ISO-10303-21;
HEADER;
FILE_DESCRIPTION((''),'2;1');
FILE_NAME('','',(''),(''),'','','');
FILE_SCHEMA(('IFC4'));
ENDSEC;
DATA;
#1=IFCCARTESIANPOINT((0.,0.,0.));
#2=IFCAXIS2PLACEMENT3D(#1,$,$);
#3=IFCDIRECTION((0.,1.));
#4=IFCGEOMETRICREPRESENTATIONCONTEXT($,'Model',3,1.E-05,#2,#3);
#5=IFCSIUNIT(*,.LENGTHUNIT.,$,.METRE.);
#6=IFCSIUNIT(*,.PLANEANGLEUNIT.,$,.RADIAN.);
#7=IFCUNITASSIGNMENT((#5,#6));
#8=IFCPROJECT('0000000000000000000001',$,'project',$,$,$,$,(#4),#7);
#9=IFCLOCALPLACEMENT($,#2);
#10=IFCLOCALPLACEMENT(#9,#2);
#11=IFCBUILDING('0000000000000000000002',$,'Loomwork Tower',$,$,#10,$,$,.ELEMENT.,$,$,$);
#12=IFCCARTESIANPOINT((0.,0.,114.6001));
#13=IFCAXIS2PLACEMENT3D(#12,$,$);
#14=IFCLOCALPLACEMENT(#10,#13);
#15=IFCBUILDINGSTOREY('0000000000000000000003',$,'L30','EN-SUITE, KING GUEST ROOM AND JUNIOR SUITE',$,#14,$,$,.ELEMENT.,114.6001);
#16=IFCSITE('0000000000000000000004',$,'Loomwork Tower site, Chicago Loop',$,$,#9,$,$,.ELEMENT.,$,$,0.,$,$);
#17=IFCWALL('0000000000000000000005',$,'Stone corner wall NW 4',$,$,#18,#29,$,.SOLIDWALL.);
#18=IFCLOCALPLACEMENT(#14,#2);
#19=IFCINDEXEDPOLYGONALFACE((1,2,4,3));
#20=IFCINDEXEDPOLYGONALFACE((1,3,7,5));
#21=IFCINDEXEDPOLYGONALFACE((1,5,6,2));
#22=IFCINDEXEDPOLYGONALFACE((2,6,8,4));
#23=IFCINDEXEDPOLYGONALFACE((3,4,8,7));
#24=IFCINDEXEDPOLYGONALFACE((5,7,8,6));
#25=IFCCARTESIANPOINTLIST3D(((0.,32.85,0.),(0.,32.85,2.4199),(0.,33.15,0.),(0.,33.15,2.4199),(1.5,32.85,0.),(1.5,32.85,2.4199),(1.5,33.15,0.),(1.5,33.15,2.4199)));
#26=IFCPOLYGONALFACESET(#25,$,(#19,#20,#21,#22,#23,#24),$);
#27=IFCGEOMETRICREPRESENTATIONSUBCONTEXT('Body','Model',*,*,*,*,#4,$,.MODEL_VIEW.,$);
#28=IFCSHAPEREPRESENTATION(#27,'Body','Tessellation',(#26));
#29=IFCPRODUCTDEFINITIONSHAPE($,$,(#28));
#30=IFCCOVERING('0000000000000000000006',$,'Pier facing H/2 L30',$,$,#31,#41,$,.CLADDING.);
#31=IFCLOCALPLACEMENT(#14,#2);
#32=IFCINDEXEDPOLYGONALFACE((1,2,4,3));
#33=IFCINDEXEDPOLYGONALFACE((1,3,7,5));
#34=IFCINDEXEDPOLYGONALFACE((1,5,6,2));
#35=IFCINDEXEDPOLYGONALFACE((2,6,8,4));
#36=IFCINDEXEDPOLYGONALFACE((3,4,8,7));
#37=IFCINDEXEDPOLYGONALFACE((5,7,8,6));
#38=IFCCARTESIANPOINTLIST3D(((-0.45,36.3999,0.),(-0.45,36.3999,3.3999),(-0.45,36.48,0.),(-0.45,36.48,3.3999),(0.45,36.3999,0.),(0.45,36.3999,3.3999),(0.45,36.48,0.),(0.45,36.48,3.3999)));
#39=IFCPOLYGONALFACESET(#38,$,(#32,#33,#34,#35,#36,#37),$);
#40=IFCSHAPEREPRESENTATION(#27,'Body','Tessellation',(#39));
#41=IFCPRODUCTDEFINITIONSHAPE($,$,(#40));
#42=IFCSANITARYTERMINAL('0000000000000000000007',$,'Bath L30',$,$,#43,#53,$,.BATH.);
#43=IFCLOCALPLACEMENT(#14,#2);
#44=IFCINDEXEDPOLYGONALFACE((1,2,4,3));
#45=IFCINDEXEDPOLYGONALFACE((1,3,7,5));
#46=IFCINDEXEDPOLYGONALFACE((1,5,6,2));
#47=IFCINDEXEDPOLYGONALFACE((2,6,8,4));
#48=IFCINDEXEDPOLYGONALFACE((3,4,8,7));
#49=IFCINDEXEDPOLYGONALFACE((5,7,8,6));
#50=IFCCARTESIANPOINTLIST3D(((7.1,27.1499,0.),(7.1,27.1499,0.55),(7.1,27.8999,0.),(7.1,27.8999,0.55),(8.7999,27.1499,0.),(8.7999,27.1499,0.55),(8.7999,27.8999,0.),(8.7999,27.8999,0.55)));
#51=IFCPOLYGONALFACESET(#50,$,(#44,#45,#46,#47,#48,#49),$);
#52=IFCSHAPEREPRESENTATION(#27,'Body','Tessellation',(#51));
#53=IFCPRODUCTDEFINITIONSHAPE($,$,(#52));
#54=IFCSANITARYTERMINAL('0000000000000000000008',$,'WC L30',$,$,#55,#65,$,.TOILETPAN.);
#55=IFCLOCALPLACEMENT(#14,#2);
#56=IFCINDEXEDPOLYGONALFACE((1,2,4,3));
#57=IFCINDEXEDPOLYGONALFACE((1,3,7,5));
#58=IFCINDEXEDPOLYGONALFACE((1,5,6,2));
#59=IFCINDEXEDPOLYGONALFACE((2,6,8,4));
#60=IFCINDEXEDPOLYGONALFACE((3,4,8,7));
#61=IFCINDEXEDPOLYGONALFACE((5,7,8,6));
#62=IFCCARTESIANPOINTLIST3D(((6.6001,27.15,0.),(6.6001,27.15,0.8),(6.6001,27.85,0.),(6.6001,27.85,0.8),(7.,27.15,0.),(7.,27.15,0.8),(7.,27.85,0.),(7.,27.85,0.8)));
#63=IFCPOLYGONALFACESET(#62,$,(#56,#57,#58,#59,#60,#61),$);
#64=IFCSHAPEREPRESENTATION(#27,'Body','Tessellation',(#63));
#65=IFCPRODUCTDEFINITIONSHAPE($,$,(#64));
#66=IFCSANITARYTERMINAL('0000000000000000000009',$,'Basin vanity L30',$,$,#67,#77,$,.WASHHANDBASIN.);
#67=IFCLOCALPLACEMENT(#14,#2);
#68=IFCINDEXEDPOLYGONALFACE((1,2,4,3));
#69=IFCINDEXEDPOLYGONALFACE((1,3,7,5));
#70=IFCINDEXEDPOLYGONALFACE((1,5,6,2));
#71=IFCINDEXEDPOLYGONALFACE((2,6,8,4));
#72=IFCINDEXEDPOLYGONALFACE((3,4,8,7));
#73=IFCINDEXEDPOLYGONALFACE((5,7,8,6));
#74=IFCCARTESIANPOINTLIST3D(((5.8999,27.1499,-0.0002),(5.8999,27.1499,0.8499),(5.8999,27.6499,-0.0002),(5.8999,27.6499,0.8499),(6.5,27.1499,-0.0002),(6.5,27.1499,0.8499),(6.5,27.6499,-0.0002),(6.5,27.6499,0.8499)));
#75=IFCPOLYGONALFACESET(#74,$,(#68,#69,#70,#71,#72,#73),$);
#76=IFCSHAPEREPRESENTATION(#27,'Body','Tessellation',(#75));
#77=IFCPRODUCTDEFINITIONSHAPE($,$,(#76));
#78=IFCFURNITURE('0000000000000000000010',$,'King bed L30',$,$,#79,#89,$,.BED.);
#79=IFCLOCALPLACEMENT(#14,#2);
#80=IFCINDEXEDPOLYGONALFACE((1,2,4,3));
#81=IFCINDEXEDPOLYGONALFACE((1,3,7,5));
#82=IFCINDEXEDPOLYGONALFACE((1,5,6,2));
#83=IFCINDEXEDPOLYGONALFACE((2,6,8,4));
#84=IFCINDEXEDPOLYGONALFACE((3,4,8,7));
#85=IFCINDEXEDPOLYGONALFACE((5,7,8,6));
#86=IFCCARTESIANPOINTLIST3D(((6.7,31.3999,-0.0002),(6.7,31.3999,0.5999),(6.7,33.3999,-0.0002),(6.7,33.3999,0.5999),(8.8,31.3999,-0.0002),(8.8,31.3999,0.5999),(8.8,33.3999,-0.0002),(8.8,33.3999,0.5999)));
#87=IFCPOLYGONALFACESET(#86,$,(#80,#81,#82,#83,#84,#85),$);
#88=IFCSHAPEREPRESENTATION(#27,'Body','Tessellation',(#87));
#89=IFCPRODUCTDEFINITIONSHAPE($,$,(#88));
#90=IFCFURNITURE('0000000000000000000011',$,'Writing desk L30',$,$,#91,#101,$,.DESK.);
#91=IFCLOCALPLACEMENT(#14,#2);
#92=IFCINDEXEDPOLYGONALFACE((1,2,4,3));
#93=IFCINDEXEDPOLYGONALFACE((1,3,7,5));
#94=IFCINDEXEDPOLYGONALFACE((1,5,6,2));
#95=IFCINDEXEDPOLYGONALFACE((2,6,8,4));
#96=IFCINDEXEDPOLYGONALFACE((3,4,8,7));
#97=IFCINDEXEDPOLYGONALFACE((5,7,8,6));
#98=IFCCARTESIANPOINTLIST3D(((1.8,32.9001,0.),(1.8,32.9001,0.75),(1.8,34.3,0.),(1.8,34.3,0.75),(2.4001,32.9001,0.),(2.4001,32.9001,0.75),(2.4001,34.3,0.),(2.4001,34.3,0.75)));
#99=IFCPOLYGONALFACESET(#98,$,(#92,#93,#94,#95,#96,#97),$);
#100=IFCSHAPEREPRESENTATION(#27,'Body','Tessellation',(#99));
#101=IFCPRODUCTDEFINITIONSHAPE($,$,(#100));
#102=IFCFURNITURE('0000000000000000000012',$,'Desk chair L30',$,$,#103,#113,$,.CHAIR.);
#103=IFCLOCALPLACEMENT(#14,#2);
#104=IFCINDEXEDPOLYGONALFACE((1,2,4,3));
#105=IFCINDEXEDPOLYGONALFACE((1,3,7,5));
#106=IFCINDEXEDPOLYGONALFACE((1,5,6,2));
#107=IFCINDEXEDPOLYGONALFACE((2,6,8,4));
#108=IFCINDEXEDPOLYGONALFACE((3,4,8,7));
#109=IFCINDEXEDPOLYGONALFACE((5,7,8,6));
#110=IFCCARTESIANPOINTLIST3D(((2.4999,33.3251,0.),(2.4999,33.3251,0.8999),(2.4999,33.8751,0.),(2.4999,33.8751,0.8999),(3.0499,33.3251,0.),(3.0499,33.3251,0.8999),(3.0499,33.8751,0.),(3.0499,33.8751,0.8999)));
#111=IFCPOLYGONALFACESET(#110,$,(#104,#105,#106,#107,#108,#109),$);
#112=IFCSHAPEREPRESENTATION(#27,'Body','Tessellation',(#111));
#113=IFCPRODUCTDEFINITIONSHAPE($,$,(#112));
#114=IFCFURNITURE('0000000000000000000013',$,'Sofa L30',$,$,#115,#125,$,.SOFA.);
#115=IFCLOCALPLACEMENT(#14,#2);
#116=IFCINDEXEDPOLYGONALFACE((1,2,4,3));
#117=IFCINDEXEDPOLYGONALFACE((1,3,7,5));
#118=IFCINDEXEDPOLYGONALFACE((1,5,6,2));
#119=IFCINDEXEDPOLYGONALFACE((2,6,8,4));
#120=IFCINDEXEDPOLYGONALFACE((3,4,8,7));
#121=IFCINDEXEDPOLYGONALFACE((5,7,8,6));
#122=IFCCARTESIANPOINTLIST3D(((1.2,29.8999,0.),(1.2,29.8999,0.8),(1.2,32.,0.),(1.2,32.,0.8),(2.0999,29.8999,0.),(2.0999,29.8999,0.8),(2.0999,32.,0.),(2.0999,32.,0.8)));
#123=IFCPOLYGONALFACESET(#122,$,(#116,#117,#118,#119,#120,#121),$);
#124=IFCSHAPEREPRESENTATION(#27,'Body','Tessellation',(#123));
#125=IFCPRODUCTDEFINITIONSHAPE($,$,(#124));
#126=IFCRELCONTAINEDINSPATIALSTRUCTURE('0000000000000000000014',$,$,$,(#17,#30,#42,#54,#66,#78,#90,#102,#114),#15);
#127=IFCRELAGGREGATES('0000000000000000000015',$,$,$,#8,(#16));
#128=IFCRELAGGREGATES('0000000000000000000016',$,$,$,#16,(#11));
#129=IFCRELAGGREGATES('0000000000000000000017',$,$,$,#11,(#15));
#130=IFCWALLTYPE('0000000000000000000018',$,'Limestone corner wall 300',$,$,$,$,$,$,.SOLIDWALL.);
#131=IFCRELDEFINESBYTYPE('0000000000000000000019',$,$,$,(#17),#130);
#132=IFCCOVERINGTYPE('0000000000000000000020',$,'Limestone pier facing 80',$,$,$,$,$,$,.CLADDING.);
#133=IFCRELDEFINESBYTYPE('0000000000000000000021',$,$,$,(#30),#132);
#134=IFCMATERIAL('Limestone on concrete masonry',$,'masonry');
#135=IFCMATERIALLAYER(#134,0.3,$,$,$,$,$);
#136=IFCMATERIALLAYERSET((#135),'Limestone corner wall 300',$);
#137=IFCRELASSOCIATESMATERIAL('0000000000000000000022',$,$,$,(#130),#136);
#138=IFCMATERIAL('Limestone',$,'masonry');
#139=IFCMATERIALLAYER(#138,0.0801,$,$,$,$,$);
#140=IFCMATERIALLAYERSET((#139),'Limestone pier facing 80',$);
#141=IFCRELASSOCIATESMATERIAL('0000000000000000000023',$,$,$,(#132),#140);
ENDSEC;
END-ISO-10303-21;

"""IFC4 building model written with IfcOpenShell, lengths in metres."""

from ifc_helpers import new_model, si_unit, direction, frame, frame_2d, origin, origin_2d, place, context, subcontext, project, spatial, rectangle, extrude, material, layer, layer_set, type_object, element, save


model = new_model("IFC4")

# Units and contexts
model_context = context("Model", 3, precision=1e-05, world=origin(), true_north=direction((0.0, 1.0)))
body_context = subcontext(model_context, "Body", "Model", "MODEL_VIEW")
ifc_project = project(units=[si_unit("LENGTHUNIT", "METRE"), si_unit("PLANEANGLEUNIT", "RADIAN")], contexts=[model_context])

# Site, building, storey
site_placement = place(None, origin())
site = spatial("IfcSite", under=ifc_project, at=site_placement, Name="Loomwork Tower site, Chicago Loop", CompositionType="ELEMENT", RefElevation=0.0)
building_placement = place(site_placement, origin())
building = spatial("IfcBuilding", under=site, at=building_placement, Name="Loomwork Tower", CompositionType="ELEMENT")
storey_placement = place(building_placement, frame((0.0, 0.0, 114.6001)))
storey = spatial("IfcBuildingStorey", under=building, at=storey_placement, Name="L30", Description="EN-SUITE, KING GUEST ROOM AND JUNIOR SUITE", CompositionType="ELEMENT", Elevation=114.6001)

# Shared definitions
ifc_material_1 = material(Name="Limestone on concrete masonry", Category="masonry")
ifc_layer_1 = layer(ifc_material_1, 0.3)
ifc_layer_set_1 = layer_set([ifc_layer_1], Name="Limestone corner wall 300")
wall_type_1 = type_object("IfcWallType", Name="Limestone corner wall 300", PredefinedType="SOLIDWALL", material=ifc_layer_set_1)

# Wall
wall_1_placement = place(storey_placement, frame((1.5, 33.0, 0.0), z_axis=(0.0, 0.0, 1.0), x_axis=(-1.0, 0.0, 0.0)))
element("IfcWall", 1, at=wall_1_placement, inside=storey, type_object=wall_type_1, Name="Stone corner wall NW 4", PredefinedType="SOLIDWALL", context=body_context, shape_type="SweptSolid", body=[
    extrude(rectangle(XDim=1.5, YDim=0.3, at=frame_2d((0.75, 0.0))), origin(), (0.0, 0.0, 1.0), 2.4199),
])

# Covering
ifc_material_2 = material(Name="Limestone", Category="masonry")
ifc_layer_2 = layer(ifc_material_2, 0.0801)
ifc_layer_set_2 = layer_set([ifc_layer_2], Name="Limestone pier facing 80")
covering_type = type_object("IfcCoveringType", Name="Limestone pier facing 80", PredefinedType="CLADDING", material=ifc_layer_set_2)
covering_placement = place(storey_placement, frame((0.0, 36.4399, 0.0), z_axis=(0.0, 0.0, 1.0), x_axis=(1.0, 0.0, 0.0)))
element("IfcCovering", 2, at=covering_placement, inside=storey, type_object=covering_type, Name="Pier facing H/2 L30", PredefinedType="CLADDING", context=body_context, shape_type="SweptSolid", body=[
    extrude(rectangle(XDim=0.8999, YDim=0.0801, at=origin_2d()), origin(), (0.0, 0.0, 1.0), 3.3999),
])

# Sanitary terminals
sanitary_terminal_1_placement = place(storey_placement, frame((7.95, 27.5249, 0.0), z_axis=(0.0, 0.0, 1.0), x_axis=(1.0, 0.0, 0.0)))
element("IfcSanitaryTerminal", 3, at=sanitary_terminal_1_placement, inside=storey, Name="Bath L30", PredefinedType="BATH", context=body_context, shape_type="SweptSolid", body=[
    extrude(rectangle(XDim=1.7, YDim=0.75, at=origin_2d()), origin(), (0.0, 0.0, 1.0), 0.55),
])
sanitary_terminal_2_placement = place(storey_placement, frame((6.8, 27.5, 0.0), z_axis=(0.0, 0.0, 1.0), x_axis=(1.0, 0.0, 0.0)))
element("IfcSanitaryTerminal", 4, at=sanitary_terminal_2_placement, inside=storey, Name="WC L30", PredefinedType="TOILETPAN", context=body_context, shape_type="SweptSolid", body=[
    extrude(rectangle(XDim=0.3999, YDim=0.7, at=origin_2d()), origin(), (0.0, 0.0, 1.0), 0.8),
])
sanitary_terminal_3_placement = place(storey_placement, frame((6.2, 27.3999, -0.0002), z_axis=(0.0, 0.0, 1.0), x_axis=(1.0, 0.0, 0.0)))
element("IfcSanitaryTerminal", 5, at=sanitary_terminal_3_placement, inside=storey, Name="Basin vanity L30", PredefinedType="WASHHANDBASIN", context=body_context, shape_type="SweptSolid", body=[
    extrude(rectangle(XDim=0.6001, YDim=0.5, at=origin_2d()), origin(), (0.0, 0.0, 1.0), 0.8501),
])

# Furniture
furniture_1_placement = place(storey_placement, frame((7.75, 32.3999, -0.0002), z_axis=(0.0, 0.0, 1.0), x_axis=(1.0, 0.0, 0.0)))
element("IfcFurniture", 6, at=furniture_1_placement, inside=storey, Name="King bed L30", PredefinedType="BED", context=body_context, shape_type="SweptSolid", body=[
    extrude(rectangle(XDim=2.1001, YDim=2.0, at=origin_2d()), origin(), (0.0, 0.0, 1.0), 0.6001),
])
furniture_2_placement = place(storey_placement, frame((2.1001, 33.6001, 0.0), z_axis=(0.0, 0.0, 1.0), x_axis=(1.0, 0.0, 0.0)))
element("IfcFurniture", 7, at=furniture_2_placement, inside=storey, Name="Writing desk L30", PredefinedType="DESK", context=body_context, shape_type="SweptSolid", body=[
    extrude(rectangle(XDim=0.6001, YDim=1.3999, at=origin_2d()), origin(), (0.0, 0.0, 1.0), 0.75),
])
furniture_3_placement = place(storey_placement, frame((2.7749, 33.6001, 0.0), z_axis=(0.0, 0.0, 1.0), x_axis=(1.0, 0.0, 0.0)))
element("IfcFurniture", 8, at=furniture_3_placement, inside=storey, Name="Desk chair L30", PredefinedType="CHAIR", context=body_context, shape_type="SweptSolid", body=[
    extrude(rectangle(XDim=0.55, YDim=0.55, at=origin_2d()), origin(), (0.0, 0.0, 1.0), 0.8999),
])
furniture_4_placement = place(storey_placement, frame((1.6499, 30.95, 0.0), z_axis=(0.0, 0.0, 1.0), x_axis=(1.0, 0.0, 0.0)))
element("IfcFurniture", 9, at=furniture_4_placement, inside=storey, Name="Sofa L30", PredefinedType="SOFA", context=body_context, shape_type="SweptSolid", body=[
    extrude(rectangle(XDim=0.8999, YDim=2.1001, at=origin_2d()), origin(), (0.0, 0.0, 1.0), 0.8),
])

save(model, "model.ifc")
